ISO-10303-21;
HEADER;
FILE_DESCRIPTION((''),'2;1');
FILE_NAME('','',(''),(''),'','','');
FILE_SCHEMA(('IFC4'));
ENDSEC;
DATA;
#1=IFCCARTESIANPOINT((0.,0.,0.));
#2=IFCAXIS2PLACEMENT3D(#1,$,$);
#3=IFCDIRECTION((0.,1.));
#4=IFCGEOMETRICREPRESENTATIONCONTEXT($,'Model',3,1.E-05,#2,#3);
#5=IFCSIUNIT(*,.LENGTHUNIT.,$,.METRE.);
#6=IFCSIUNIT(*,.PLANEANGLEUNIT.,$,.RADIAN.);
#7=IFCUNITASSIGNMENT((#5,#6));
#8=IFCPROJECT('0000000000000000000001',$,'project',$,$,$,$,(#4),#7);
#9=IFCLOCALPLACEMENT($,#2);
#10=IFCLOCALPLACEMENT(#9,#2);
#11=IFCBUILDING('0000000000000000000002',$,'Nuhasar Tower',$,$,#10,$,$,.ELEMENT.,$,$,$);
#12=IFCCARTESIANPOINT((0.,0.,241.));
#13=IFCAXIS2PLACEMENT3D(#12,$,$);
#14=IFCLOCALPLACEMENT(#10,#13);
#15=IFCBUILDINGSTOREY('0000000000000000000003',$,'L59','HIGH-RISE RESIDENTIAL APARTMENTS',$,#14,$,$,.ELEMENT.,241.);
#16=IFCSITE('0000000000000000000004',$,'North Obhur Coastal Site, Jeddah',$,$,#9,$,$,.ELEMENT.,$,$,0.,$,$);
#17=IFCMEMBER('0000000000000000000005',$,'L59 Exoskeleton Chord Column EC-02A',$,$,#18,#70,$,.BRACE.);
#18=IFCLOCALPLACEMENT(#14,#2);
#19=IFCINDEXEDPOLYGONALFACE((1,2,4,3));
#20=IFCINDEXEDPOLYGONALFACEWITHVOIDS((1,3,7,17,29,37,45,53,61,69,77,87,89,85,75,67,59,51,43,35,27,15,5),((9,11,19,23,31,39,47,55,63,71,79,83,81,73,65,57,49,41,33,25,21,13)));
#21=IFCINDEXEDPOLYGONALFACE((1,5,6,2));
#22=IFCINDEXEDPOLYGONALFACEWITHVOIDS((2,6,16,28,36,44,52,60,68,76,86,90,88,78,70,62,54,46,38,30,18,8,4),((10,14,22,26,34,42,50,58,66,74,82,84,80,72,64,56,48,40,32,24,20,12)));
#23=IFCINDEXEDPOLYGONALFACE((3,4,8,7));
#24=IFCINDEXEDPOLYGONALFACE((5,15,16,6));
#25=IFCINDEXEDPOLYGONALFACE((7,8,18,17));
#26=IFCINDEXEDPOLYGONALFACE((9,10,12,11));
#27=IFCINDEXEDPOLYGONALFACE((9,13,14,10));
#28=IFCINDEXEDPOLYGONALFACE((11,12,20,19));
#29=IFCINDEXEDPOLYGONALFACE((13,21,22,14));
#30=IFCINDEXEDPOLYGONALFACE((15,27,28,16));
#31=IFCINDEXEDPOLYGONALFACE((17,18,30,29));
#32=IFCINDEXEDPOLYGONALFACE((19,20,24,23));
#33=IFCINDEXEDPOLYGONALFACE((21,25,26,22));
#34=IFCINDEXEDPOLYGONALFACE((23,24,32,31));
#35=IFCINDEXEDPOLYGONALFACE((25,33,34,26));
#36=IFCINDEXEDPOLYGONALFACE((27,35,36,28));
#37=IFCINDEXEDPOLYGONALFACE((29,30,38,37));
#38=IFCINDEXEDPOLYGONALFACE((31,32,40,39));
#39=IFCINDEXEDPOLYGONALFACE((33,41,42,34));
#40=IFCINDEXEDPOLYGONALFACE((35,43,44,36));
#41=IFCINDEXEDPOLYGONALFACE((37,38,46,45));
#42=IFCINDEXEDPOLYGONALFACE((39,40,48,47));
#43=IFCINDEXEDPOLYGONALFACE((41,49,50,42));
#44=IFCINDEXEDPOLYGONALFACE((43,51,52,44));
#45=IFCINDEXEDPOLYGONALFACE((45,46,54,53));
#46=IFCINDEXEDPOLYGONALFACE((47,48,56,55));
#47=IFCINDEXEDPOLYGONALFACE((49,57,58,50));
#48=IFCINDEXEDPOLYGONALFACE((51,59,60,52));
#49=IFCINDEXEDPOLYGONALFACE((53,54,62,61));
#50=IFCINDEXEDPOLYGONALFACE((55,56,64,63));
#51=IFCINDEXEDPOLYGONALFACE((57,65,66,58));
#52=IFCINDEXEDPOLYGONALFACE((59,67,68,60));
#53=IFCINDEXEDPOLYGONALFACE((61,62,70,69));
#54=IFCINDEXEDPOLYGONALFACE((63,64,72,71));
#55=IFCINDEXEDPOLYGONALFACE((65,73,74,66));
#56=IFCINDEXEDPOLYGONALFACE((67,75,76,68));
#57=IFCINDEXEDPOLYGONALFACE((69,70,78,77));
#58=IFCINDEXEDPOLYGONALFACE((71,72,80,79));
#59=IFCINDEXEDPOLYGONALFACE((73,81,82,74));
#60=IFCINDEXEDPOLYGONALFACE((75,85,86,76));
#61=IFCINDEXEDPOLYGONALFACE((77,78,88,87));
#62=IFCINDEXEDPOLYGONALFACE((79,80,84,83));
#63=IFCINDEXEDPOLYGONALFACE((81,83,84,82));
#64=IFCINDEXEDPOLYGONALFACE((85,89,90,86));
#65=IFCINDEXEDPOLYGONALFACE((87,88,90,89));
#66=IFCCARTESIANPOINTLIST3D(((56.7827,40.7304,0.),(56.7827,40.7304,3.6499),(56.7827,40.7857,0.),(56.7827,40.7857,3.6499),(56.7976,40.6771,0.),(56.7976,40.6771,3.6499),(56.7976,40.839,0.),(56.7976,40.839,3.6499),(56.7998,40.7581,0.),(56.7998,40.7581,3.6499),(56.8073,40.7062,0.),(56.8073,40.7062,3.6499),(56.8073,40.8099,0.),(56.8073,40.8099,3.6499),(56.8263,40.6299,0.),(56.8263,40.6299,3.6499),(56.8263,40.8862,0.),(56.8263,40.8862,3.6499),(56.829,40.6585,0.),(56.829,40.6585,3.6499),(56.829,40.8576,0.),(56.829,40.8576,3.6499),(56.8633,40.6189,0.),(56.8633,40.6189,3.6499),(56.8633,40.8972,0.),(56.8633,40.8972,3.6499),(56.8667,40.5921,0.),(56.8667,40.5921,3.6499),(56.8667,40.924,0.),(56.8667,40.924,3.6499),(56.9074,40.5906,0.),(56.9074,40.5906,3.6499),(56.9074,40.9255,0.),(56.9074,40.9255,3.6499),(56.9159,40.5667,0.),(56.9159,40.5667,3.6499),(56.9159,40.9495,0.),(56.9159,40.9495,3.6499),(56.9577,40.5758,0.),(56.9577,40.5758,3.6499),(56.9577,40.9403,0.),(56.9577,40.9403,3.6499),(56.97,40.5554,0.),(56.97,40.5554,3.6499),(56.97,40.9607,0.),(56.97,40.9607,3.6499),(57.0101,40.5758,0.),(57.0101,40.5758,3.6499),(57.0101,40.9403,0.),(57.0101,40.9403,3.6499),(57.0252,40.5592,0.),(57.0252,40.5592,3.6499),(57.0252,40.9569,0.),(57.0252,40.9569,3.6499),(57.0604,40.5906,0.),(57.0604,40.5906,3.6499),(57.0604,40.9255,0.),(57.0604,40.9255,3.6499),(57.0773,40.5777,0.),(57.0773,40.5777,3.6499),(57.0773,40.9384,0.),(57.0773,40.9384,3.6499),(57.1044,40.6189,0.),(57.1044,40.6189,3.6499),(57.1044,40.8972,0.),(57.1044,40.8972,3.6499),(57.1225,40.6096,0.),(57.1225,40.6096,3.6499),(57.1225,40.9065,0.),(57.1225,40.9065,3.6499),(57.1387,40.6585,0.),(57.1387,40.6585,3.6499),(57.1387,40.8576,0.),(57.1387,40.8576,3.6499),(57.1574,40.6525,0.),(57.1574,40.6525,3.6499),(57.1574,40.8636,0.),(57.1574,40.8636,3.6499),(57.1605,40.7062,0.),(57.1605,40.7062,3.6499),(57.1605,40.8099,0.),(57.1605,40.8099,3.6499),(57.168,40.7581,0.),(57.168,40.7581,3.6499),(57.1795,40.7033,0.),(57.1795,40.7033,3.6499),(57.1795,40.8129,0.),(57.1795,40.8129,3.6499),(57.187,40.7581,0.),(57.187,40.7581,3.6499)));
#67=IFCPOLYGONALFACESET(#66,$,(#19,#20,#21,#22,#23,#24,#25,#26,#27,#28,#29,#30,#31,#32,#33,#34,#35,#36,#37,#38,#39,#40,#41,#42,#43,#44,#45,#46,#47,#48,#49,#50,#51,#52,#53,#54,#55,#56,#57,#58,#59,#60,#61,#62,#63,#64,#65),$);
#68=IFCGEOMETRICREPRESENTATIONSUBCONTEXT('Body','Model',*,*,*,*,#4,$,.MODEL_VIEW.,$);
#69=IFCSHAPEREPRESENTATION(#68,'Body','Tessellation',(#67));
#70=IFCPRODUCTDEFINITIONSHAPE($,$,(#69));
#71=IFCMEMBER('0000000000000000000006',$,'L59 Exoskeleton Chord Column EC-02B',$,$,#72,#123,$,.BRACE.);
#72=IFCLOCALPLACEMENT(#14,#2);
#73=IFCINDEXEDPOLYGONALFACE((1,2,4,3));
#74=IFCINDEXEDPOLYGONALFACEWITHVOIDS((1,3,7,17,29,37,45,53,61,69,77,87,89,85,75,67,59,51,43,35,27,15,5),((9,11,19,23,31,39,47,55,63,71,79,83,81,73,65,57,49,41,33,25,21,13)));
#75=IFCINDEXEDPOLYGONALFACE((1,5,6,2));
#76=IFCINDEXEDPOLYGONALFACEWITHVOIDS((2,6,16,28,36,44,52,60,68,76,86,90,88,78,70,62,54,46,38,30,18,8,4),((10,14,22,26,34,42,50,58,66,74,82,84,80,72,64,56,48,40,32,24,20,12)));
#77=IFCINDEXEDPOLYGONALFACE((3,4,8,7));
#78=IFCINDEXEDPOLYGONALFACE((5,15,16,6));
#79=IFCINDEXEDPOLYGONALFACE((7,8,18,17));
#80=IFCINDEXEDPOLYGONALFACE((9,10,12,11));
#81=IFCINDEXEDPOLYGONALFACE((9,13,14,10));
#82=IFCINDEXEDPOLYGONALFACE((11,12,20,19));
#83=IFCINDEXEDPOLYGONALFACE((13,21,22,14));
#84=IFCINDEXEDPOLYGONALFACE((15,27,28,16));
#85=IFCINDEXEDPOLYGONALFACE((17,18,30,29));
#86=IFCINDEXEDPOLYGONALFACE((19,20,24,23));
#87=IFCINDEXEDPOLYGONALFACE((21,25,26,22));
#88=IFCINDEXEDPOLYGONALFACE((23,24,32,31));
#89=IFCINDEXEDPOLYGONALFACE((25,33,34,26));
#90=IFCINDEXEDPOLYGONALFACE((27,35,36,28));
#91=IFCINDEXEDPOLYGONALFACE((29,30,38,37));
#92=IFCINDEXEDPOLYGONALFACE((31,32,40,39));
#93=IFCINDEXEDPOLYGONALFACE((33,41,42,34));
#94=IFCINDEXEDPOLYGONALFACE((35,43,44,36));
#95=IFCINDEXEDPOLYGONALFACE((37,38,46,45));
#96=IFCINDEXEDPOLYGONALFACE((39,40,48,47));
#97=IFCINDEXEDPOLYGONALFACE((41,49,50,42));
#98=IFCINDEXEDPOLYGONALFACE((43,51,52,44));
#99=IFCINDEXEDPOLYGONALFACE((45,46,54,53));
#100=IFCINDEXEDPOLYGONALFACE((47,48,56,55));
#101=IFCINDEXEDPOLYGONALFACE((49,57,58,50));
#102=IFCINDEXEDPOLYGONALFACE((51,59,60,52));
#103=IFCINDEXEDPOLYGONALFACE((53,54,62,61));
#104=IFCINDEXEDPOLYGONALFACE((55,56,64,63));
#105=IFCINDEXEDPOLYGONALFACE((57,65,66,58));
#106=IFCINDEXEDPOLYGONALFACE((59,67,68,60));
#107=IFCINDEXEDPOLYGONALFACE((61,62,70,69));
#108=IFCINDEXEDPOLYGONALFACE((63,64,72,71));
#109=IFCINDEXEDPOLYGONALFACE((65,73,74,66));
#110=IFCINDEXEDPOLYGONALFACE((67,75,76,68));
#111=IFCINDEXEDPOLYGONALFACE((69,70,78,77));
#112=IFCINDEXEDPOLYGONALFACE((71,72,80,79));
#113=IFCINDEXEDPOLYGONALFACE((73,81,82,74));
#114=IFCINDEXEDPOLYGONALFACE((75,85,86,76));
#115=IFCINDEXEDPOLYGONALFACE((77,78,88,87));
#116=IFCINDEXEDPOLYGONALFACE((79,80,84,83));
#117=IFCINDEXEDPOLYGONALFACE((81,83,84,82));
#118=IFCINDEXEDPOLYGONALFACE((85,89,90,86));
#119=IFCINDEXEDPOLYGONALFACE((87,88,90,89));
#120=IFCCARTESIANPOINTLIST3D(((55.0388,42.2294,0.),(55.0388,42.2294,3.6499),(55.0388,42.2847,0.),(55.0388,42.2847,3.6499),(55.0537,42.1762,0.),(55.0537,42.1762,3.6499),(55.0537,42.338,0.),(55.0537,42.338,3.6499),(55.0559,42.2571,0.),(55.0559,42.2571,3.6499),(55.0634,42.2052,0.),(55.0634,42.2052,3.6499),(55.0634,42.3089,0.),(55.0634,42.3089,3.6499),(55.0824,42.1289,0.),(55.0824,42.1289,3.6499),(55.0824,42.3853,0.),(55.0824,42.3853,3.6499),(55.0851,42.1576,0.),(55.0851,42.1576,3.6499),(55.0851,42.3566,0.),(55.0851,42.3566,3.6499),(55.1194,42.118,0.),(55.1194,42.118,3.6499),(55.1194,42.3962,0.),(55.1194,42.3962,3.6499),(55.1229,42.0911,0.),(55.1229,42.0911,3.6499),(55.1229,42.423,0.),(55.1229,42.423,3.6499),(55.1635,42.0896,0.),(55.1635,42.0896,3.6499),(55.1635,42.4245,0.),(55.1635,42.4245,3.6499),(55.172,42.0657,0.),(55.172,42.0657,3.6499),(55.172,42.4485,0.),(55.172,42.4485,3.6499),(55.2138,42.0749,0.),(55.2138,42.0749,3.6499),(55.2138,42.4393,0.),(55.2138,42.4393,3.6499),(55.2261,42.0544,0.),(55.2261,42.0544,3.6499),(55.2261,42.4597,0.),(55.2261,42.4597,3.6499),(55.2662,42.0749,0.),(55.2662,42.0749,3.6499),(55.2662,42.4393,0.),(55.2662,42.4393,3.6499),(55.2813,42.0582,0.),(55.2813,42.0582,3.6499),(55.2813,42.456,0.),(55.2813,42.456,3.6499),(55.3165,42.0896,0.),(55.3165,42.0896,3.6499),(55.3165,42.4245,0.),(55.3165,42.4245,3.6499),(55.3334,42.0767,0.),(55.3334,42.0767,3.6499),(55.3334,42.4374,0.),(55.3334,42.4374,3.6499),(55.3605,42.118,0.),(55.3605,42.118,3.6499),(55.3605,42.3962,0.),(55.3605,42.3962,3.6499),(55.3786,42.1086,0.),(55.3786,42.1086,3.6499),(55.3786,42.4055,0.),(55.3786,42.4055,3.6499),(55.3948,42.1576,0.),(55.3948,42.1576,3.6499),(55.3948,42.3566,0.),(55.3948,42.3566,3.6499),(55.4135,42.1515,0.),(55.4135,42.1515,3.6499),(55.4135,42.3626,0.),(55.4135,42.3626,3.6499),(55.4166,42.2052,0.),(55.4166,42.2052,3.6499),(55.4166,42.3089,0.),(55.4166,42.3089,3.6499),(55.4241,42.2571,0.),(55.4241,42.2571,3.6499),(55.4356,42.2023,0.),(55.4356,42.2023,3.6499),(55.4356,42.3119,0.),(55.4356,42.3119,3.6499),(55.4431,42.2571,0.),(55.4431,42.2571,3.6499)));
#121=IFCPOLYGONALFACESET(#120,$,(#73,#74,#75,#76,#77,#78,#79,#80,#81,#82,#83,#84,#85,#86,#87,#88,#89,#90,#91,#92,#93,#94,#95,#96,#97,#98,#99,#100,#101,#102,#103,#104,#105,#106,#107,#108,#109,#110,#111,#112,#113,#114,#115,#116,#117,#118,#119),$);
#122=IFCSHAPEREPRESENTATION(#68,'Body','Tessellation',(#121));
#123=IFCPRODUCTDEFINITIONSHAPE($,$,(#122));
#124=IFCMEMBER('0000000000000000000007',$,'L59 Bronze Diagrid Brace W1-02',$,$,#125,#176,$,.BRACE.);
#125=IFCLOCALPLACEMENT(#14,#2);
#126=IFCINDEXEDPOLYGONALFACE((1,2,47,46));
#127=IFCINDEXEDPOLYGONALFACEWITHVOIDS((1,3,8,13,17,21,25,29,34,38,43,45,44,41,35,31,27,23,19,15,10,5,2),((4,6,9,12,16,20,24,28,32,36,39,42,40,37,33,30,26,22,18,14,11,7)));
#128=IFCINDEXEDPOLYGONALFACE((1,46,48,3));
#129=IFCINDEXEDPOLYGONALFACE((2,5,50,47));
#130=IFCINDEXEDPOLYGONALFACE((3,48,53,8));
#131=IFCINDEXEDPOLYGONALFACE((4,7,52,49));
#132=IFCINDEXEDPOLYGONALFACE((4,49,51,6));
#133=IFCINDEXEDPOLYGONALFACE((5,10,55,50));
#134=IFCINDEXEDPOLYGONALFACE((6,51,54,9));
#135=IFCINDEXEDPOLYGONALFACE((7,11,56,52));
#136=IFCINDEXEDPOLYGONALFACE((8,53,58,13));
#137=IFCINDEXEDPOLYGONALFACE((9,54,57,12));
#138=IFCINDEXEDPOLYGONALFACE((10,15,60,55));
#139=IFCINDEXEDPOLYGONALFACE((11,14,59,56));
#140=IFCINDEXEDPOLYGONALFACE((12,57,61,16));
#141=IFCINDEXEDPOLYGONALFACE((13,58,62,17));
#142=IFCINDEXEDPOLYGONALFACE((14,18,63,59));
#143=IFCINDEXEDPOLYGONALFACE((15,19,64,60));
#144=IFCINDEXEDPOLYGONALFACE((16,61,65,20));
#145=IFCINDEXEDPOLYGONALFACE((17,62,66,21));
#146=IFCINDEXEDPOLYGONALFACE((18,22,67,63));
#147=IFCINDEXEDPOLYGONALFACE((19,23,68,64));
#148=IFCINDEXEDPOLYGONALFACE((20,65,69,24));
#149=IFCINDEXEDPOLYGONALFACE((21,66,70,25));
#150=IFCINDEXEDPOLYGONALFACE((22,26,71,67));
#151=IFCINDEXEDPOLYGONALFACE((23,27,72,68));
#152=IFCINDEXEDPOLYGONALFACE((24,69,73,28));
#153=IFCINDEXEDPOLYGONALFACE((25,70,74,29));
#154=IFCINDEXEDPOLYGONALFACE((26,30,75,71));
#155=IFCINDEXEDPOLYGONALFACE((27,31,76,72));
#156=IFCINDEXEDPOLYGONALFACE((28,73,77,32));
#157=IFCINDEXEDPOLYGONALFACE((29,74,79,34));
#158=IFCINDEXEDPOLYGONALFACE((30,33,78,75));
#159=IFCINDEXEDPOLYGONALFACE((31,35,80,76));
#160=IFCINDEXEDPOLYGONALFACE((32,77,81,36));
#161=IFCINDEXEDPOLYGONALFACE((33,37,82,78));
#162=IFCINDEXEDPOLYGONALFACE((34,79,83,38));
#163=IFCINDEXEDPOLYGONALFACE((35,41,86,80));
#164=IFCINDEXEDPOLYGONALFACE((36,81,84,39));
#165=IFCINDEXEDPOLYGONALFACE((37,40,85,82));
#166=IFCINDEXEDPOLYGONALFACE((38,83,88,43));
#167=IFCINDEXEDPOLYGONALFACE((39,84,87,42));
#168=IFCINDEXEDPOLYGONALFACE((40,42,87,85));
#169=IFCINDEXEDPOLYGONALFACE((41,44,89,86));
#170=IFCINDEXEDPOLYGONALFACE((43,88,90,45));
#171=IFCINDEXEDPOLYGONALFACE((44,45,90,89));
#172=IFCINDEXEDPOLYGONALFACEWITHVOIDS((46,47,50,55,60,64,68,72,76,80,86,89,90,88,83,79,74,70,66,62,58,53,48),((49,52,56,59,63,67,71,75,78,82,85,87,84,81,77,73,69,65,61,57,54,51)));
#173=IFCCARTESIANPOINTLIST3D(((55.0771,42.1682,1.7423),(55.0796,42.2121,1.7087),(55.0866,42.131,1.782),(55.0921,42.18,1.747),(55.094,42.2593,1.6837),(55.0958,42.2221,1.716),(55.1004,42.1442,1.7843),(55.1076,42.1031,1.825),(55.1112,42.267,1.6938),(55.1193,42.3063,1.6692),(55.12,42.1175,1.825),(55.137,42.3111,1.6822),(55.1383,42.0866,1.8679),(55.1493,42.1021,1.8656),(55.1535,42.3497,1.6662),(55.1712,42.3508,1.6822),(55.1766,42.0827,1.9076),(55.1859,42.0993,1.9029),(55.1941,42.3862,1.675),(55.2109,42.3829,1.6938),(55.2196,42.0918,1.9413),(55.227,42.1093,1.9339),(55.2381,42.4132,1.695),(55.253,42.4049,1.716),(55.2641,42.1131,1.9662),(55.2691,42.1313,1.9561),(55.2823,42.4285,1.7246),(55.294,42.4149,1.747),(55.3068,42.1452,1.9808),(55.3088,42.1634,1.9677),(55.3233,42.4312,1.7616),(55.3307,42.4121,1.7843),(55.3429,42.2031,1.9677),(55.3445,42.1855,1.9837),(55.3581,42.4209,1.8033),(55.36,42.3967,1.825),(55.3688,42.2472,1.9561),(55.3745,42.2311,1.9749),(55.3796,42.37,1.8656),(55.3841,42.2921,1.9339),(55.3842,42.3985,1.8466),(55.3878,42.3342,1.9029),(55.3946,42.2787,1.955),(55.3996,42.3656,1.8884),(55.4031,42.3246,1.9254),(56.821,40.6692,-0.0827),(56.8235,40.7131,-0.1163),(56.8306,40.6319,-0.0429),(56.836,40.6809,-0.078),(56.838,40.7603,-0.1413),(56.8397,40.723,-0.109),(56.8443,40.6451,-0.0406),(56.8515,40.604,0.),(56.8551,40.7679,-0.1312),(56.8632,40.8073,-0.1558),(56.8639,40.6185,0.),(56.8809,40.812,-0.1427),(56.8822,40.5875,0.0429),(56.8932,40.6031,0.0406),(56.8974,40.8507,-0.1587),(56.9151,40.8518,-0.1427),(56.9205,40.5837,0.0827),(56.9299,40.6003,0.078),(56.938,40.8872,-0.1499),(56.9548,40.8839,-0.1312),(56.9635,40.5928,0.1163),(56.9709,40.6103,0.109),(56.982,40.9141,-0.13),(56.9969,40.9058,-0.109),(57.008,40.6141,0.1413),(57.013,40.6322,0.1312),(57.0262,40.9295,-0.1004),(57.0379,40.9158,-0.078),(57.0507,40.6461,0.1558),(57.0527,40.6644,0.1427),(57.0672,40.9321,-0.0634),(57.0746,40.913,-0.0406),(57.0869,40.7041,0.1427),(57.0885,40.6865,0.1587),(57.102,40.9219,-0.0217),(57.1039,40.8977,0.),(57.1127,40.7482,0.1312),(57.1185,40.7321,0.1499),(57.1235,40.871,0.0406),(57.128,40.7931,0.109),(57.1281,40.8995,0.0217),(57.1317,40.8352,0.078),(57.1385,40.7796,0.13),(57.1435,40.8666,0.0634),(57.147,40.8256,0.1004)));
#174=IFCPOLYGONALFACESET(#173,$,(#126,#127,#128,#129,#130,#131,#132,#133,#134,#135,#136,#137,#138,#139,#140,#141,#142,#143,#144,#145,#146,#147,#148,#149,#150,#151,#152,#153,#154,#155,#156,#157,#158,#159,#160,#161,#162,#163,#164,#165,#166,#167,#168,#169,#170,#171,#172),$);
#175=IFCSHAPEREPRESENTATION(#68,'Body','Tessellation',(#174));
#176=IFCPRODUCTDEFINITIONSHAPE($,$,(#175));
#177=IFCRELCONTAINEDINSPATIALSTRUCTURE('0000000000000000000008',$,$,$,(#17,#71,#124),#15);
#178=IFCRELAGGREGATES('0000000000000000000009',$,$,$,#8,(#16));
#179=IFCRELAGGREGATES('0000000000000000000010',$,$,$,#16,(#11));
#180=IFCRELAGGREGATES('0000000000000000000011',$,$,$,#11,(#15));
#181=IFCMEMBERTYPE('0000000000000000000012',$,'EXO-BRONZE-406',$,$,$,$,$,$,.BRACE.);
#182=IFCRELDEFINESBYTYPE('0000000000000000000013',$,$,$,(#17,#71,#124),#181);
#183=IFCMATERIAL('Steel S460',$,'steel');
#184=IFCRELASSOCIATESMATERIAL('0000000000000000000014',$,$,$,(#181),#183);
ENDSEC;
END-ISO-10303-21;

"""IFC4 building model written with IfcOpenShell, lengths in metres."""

from ifc_helpers import new_model, si_unit, direction, frame, origin, origin_2d, place, context, subcontext, project, spatial, hollow_circle, extrude, material, material_profile, profile_set, type_object, element, save


model = new_model("IFC4")

# Units and contexts
model_context = context("Model", 3, precision=1e-05, world=origin(), true_north=direction((0.0, 1.0)))
body_context = subcontext(model_context, "Body", "Model", "MODEL_VIEW")
ifc_project = project(units=[si_unit("LENGTHUNIT", "METRE"), si_unit("PLANEANGLEUNIT", "RADIAN")], contexts=[model_context])

# Site, building, storey
site_placement = place(None, origin())
site = spatial("IfcSite", under=ifc_project, at=site_placement, Name="North Obhur Coastal Site, Jeddah", CompositionType="ELEMENT", RefElevation=0.0)
building_placement = place(site_placement, origin())
building = spatial("IfcBuilding", under=site, at=building_placement, Name="Nuhasar Tower", CompositionType="ELEMENT")
storey_placement = place(building_placement, frame((0.0, 0.0, 241.0)))
storey = spatial("IfcBuildingStorey", under=building, at=storey_placement, Name="L59", Description="HIGH-RISE RESIDENTIAL APARTMENTS", CompositionType="ELEMENT", Elevation=241.0)

# Members
ifc_material_1 = material(Name="Steel S460", Category="steel")
ifc_material_profile_1 = material_profile(ifc_material_1, hollow_circle(Radius=0.2031, WallThickness=0.019, at=origin_2d()), Name="HSS406.4X19.1")
ifc_profile_set_1 = profile_set([ifc_material_profile_1], Name="Steel S460")
member_type_1 = type_object("IfcMemberType", Name="EXO-BRONZE-406", PredefinedType="BRACE", material=ifc_profile_set_1)
for number, where, z_axis, x_axis, name in (
    (1, (56.9839, 40.7581, 0.0), (0.0, 0.0, 1.0), (1.0, 0.0, 0.0), "L59 Exoskeleton Chord Column EC-02A"),
    (2, (55.24, 42.2571, 0.0), (0.0, 0.0, 1.0), (1.0, 0.0, 0.0), "L59 Exoskeleton Chord Column EC-02B"),
):
    element("IfcMember", number, at=place(storey_placement, frame(where, z_axis=z_axis, x_axis=x_axis)), inside=storey, type_object=member_type_1, Name=name, PredefinedType="BRACE", context=body_context, shape_type="SweptSolid", body=[
        extrude(hollow_circle(Radius=0.2031, WallThickness=0.019, at=origin_2d()), origin(), (0.0, 0.0, 1.0), 3.6499),
    ])
for number, where, z_axis, x_axis, name in (
    (3, (56.9839, 40.7581, 0.0), (-0.594019, 0.510608, 0.621628), (-0.651857, -0.758342, 0.0), "L59 Bronze Diagrid Brace W1-02"),
):
    element("IfcMember", number, at=place(storey_placement, frame(where, z_axis=z_axis, x_axis=x_axis)), inside=storey, type_object=member_type_1, Name=name, PredefinedType="BRACE", context=body_context, shape_type="SweptSolid", body=[
        extrude(hollow_circle(Radius=0.2031, WallThickness=0.019, at=origin_2d()), origin(), (0.0, 0.0, 1.0), 2.9358),
    ])

save(model, "model.ifc")
